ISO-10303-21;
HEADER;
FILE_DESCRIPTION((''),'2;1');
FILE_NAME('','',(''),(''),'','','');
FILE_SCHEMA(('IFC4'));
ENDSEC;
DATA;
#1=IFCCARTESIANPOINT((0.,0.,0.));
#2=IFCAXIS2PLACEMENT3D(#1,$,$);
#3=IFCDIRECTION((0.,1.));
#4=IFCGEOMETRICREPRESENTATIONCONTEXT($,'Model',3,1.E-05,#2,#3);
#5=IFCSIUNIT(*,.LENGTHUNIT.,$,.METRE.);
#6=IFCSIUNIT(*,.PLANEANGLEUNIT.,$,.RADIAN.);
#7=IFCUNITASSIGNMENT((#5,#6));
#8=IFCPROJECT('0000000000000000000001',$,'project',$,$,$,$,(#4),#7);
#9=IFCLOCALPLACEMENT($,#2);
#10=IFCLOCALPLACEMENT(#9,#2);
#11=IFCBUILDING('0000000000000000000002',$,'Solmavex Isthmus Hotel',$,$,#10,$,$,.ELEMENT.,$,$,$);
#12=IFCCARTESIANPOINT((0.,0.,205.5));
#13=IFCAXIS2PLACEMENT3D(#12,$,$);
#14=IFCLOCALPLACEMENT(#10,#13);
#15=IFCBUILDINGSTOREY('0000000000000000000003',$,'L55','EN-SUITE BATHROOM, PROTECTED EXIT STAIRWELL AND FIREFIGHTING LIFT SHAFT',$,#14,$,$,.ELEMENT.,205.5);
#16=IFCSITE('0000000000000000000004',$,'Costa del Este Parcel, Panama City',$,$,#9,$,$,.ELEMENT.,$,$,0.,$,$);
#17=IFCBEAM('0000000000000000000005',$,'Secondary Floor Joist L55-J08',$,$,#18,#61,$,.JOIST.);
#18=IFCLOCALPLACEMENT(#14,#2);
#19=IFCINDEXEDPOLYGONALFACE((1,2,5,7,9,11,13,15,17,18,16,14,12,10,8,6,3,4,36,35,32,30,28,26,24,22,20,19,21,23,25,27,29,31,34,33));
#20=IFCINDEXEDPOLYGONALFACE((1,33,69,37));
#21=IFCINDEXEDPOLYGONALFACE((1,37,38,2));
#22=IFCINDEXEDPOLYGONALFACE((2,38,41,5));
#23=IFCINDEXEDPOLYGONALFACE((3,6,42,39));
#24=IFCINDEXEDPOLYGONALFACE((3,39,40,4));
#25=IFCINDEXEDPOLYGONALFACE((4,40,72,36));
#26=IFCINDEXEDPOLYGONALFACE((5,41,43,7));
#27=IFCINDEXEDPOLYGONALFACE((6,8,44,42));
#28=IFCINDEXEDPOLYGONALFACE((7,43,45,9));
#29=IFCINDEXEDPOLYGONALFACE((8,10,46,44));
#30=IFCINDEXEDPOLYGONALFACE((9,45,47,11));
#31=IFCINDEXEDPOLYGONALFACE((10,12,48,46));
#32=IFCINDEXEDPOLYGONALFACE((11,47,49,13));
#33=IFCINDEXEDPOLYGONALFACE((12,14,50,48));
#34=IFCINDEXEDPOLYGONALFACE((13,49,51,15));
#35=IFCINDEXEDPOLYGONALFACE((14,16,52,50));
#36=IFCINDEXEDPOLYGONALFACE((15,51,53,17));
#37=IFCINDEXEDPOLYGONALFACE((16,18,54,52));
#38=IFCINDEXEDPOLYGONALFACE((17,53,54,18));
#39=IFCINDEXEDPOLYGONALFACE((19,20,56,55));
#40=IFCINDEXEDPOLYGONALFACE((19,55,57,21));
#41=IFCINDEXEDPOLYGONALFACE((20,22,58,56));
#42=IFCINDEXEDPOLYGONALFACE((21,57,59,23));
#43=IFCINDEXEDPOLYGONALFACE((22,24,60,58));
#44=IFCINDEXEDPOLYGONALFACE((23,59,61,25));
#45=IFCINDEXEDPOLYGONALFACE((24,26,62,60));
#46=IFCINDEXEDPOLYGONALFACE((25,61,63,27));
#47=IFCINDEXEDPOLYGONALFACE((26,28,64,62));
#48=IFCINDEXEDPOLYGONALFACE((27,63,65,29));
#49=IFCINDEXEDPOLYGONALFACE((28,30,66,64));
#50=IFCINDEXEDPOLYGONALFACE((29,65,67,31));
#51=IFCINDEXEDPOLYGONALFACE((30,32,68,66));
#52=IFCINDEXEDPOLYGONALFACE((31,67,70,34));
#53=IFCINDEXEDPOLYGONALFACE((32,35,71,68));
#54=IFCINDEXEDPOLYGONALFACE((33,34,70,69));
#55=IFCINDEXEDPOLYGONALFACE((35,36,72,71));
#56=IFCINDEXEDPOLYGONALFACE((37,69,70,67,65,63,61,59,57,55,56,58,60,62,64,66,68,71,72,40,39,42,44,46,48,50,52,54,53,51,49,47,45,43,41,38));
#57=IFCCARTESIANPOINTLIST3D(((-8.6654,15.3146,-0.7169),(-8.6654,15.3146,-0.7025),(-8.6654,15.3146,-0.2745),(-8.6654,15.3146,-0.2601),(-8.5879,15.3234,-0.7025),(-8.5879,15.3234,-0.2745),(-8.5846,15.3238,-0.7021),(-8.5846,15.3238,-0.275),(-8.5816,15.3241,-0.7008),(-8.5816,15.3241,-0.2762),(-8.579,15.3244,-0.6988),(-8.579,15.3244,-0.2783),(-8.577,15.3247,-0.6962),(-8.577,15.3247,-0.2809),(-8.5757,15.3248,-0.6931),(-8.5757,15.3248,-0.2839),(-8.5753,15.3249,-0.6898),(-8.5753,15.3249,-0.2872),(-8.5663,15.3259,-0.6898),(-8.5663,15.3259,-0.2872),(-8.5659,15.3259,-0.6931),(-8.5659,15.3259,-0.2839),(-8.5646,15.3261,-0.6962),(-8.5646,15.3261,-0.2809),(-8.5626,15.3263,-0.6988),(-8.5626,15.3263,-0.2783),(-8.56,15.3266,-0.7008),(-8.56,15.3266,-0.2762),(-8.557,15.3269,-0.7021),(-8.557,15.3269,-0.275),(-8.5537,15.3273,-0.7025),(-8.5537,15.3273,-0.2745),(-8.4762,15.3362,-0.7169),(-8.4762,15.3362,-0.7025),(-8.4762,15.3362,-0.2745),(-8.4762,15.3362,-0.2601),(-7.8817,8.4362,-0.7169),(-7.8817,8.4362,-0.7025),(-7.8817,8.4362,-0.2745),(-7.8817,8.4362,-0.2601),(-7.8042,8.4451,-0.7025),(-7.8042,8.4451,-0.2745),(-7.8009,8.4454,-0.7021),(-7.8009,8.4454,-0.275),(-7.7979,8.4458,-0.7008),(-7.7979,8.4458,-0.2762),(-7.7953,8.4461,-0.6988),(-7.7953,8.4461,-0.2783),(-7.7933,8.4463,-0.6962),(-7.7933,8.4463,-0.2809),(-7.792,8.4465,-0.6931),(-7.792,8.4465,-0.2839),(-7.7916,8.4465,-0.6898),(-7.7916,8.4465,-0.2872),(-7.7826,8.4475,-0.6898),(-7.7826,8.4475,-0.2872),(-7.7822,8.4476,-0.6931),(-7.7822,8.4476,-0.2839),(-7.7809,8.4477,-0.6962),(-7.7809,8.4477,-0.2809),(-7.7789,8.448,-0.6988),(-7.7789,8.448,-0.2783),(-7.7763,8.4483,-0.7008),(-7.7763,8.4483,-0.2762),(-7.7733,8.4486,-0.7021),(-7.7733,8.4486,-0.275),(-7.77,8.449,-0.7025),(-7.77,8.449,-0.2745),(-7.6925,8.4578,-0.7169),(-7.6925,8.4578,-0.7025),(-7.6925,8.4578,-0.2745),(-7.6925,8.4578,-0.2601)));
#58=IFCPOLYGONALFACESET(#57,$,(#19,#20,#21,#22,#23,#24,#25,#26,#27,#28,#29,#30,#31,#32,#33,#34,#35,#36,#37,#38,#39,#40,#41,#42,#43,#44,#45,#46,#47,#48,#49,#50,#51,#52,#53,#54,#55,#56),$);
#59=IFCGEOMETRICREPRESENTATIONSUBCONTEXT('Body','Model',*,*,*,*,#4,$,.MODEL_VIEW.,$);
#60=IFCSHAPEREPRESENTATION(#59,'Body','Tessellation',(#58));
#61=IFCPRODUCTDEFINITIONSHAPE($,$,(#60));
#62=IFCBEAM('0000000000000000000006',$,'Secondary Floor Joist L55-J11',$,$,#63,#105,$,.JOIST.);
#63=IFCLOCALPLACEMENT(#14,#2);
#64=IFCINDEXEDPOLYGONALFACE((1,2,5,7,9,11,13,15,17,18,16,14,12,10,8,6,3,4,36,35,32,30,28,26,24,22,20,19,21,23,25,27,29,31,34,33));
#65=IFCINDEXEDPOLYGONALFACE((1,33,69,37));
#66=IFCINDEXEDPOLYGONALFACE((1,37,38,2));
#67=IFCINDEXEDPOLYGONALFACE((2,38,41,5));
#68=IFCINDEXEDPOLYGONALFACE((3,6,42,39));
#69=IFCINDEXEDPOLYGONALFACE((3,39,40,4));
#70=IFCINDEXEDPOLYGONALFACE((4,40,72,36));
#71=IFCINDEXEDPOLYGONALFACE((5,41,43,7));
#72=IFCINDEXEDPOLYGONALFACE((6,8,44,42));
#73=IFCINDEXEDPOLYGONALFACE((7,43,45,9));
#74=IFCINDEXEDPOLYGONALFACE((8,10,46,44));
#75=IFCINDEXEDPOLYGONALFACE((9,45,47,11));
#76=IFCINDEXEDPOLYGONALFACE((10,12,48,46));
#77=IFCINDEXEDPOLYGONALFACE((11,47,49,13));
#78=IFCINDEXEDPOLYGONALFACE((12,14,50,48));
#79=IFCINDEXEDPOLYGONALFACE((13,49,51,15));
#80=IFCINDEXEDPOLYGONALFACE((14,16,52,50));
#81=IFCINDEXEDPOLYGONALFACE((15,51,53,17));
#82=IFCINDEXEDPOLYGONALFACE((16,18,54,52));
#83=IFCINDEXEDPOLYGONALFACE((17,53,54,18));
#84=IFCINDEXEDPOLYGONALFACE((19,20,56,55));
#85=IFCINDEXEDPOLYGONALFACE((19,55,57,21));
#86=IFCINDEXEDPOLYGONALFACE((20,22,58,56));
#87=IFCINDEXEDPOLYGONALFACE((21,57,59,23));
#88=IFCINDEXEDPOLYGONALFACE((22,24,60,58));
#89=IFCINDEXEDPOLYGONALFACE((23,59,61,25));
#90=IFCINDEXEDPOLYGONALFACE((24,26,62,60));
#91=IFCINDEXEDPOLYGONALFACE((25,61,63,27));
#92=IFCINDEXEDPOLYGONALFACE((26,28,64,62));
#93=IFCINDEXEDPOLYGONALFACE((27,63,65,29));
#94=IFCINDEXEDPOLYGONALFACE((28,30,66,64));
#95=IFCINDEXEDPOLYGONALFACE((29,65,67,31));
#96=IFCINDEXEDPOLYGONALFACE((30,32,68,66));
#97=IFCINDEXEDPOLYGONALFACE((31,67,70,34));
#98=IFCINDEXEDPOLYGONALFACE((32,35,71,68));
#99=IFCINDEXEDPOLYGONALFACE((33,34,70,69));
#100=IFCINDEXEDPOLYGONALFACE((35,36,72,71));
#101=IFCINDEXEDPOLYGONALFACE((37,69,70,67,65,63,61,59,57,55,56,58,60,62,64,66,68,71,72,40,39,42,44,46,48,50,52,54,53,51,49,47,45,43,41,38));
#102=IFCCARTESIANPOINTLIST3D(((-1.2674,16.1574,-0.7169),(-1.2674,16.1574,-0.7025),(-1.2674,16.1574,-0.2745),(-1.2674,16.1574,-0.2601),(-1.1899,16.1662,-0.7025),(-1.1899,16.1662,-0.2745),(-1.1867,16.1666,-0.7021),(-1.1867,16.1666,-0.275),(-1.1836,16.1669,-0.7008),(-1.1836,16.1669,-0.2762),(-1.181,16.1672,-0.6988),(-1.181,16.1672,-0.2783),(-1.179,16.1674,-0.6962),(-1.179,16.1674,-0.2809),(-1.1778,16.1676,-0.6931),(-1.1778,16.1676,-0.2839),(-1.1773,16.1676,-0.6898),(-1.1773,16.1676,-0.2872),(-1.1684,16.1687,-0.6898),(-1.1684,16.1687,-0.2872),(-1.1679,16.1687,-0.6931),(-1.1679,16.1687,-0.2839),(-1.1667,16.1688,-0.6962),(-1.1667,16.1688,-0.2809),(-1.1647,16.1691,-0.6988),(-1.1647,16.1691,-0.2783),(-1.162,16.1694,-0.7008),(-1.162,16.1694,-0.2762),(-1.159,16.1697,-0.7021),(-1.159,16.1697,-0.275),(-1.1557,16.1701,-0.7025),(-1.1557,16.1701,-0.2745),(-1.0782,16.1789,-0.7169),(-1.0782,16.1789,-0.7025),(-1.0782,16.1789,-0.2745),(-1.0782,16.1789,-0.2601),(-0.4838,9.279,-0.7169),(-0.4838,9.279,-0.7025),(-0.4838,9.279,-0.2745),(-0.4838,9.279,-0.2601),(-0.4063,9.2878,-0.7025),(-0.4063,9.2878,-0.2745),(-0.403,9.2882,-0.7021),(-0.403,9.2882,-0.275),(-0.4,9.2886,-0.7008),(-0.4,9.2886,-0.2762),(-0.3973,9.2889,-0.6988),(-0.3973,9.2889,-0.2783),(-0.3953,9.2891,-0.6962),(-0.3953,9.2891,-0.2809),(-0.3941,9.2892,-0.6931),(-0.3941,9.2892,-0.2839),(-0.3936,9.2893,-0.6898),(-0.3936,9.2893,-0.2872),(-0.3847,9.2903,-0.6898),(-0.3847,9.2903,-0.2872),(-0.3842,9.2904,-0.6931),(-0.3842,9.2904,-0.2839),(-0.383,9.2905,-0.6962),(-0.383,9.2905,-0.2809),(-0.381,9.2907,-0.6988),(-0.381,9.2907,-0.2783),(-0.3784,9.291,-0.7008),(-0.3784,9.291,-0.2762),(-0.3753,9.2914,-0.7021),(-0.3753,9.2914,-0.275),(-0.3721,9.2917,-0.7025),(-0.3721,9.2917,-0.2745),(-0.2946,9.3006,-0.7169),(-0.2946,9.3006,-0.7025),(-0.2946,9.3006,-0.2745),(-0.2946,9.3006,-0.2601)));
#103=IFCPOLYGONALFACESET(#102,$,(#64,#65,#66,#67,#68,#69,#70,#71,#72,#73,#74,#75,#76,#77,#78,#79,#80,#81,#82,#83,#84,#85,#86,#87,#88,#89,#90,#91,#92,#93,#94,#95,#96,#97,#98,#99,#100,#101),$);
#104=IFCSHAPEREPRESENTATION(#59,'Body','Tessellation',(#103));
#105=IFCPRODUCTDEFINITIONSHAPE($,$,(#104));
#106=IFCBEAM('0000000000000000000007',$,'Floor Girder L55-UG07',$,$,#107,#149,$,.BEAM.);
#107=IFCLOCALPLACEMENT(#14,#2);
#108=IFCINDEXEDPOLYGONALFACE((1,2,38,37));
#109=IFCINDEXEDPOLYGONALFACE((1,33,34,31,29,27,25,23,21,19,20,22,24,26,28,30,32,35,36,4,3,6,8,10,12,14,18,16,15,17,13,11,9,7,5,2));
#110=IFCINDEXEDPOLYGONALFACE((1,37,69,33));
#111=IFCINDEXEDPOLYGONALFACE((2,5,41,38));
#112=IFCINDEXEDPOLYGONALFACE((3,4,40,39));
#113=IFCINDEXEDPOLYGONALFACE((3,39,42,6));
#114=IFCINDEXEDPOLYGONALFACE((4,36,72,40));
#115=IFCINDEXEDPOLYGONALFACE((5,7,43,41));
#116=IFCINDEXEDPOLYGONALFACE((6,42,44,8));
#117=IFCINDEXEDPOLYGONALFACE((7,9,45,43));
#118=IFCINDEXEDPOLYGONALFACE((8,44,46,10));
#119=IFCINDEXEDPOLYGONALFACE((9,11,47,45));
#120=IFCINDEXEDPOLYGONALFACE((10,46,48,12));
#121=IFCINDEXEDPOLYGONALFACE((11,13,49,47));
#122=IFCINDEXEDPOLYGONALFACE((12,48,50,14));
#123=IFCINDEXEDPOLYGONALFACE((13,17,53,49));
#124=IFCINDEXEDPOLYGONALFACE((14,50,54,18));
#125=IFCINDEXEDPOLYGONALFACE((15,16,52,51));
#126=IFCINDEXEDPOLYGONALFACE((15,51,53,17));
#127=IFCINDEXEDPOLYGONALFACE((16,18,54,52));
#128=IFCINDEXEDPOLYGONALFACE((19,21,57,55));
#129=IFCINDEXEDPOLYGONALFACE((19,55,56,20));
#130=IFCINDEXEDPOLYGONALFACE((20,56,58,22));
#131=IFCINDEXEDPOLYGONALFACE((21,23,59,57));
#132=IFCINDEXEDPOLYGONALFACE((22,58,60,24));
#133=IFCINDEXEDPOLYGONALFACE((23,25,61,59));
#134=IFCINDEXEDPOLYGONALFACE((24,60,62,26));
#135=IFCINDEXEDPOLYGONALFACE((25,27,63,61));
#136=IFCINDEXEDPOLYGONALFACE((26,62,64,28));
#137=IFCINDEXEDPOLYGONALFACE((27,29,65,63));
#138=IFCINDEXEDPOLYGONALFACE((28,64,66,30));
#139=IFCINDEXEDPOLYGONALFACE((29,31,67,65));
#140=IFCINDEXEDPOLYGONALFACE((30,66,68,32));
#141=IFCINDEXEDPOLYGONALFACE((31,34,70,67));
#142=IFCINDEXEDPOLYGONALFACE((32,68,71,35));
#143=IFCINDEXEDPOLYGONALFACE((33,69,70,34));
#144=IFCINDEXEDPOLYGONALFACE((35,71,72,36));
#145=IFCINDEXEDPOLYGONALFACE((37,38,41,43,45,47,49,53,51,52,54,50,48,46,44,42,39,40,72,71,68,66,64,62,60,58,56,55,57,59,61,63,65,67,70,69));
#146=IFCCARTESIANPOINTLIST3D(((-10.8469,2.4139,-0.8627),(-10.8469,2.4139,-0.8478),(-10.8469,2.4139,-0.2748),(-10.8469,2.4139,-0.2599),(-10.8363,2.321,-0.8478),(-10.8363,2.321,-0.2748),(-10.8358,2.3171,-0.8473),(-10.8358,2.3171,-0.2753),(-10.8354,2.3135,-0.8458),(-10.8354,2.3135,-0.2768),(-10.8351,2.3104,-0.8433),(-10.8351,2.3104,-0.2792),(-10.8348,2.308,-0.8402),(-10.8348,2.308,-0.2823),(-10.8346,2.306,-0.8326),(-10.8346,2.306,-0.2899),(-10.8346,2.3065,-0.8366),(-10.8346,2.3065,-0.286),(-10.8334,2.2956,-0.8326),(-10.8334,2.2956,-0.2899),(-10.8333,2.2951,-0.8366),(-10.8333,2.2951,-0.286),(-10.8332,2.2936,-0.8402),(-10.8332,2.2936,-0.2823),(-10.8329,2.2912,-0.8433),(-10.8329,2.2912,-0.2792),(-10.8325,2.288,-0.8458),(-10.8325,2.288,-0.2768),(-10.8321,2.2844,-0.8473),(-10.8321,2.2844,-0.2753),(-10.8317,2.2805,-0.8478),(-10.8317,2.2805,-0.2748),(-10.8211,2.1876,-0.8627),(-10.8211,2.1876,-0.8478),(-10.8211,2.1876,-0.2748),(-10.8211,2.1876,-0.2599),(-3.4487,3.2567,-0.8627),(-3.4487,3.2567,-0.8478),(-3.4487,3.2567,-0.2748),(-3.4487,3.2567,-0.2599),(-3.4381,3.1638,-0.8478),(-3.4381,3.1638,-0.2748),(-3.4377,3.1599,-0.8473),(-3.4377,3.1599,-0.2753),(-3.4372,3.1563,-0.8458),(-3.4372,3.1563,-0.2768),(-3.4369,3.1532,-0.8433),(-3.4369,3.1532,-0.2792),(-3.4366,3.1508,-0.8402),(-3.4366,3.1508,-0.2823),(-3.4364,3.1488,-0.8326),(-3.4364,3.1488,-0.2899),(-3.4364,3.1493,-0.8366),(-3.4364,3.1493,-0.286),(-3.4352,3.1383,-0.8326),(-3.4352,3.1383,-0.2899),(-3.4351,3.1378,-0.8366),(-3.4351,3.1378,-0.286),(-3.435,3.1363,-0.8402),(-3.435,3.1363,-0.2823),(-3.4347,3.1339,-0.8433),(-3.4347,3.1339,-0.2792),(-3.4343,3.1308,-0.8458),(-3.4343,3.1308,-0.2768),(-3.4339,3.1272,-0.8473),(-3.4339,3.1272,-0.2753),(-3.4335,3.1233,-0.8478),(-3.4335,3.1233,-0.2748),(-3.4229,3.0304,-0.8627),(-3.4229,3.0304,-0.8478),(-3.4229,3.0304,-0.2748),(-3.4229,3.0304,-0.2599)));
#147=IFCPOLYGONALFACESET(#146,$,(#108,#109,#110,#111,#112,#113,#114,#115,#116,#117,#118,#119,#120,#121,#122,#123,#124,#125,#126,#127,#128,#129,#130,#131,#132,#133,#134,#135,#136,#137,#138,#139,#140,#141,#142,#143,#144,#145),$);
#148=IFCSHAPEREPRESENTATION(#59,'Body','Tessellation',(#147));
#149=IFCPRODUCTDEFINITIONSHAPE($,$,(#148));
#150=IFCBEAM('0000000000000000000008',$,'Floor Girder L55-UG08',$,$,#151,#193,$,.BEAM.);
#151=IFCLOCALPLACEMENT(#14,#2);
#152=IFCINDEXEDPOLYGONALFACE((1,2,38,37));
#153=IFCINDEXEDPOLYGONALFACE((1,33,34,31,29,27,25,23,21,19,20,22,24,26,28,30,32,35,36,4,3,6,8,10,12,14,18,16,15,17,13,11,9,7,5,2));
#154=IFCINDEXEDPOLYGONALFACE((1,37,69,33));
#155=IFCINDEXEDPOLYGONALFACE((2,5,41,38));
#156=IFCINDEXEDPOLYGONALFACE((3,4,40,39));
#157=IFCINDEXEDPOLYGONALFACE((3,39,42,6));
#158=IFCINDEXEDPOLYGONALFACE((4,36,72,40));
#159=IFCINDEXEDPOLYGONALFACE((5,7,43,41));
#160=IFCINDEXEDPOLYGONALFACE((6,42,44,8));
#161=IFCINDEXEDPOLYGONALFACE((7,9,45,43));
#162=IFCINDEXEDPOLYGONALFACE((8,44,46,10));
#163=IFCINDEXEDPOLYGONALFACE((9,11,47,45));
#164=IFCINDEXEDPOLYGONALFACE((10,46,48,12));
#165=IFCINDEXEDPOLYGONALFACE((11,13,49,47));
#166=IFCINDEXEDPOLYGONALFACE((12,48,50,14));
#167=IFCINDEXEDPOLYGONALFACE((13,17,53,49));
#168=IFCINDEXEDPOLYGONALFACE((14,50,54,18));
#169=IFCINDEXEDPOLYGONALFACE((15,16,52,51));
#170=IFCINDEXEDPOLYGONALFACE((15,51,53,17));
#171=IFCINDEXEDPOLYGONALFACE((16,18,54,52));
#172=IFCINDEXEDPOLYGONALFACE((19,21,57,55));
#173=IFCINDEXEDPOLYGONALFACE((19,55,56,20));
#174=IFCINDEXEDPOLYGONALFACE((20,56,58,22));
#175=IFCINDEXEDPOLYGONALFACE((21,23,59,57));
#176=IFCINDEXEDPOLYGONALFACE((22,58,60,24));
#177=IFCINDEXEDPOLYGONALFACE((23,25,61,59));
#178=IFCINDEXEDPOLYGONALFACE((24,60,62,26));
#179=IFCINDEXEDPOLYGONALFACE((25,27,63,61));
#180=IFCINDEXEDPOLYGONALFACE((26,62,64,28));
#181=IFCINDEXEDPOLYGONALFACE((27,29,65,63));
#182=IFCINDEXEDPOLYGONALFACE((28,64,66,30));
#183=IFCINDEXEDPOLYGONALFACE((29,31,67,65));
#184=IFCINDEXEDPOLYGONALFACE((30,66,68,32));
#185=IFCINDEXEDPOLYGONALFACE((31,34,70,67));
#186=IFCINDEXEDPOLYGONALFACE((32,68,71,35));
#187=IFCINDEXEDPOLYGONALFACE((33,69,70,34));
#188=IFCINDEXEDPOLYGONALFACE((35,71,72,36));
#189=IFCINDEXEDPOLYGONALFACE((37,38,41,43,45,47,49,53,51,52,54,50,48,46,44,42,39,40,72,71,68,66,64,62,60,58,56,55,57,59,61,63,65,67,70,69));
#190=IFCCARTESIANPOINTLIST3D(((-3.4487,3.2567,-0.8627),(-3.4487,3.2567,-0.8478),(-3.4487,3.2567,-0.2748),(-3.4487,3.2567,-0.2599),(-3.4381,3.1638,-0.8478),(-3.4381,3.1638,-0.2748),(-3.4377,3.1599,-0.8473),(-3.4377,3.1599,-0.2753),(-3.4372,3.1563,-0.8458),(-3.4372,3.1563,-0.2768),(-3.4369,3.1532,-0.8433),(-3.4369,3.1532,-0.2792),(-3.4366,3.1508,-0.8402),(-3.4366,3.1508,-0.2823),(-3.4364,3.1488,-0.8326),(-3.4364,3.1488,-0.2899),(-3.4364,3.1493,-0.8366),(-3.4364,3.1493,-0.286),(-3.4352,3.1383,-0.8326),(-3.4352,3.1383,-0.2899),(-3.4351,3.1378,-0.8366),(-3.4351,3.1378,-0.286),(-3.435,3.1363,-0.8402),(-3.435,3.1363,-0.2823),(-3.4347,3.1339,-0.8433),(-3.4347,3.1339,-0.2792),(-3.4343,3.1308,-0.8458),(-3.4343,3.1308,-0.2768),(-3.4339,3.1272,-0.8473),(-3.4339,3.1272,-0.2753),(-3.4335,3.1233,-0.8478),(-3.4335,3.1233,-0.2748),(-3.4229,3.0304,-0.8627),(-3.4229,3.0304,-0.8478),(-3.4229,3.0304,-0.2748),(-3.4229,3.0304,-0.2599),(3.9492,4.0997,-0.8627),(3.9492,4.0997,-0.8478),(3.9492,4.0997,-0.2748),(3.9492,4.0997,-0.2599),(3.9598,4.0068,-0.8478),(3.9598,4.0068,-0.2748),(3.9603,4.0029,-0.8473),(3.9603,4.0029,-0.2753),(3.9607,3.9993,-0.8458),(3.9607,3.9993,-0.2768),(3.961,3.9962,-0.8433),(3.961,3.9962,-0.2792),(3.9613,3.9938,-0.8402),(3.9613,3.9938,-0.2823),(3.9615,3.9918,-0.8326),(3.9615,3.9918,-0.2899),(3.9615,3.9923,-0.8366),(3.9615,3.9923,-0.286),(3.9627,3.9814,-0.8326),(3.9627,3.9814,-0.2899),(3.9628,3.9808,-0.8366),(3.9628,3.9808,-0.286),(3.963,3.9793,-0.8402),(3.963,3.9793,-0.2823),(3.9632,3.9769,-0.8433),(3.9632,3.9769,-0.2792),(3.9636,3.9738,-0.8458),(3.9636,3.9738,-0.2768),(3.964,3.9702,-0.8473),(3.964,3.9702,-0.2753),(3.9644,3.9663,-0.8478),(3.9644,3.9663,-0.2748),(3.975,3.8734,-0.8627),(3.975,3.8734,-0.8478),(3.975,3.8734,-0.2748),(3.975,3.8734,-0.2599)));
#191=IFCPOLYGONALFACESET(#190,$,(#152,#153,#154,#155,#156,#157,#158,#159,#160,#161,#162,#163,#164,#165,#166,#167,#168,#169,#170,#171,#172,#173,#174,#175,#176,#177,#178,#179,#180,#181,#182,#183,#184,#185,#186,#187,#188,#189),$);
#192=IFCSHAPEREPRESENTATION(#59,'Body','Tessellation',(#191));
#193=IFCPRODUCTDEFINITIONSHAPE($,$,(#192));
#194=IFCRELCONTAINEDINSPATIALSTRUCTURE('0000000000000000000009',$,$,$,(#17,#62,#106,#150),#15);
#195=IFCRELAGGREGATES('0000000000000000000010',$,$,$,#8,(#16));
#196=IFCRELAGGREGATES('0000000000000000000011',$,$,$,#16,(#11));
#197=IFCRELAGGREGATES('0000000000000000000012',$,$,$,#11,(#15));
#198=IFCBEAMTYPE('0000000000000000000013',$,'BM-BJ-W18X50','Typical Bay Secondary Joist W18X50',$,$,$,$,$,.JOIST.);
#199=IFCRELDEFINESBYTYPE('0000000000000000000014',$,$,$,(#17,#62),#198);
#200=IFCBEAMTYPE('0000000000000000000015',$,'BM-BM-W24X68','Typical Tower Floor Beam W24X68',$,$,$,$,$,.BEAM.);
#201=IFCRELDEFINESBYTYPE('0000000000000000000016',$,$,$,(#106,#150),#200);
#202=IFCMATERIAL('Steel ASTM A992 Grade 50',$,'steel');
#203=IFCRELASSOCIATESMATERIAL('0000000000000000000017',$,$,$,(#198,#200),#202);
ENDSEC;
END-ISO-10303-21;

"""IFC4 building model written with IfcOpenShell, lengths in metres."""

from ifc_helpers import new_model, si_unit, direction, frame, origin, origin_2d, place, context, subcontext, project, spatial, i_section, extrude, material, material_profile, profile_set, type_object, element, save


model = new_model("IFC4")

# Units and contexts
model_context = context("Model", 3, precision=1e-05, world=origin(), true_north=direction((0.0, 1.0)))
body_context = subcontext(model_context, "Body", "Model", "MODEL_VIEW")
ifc_project = project(units=[si_unit("LENGTHUNIT", "METRE"), si_unit("PLANEANGLEUNIT", "RADIAN")], contexts=[model_context])

# Site, building, storey
site_placement = place(None, origin())
site = spatial("IfcSite", under=ifc_project, at=site_placement, Name="Costa del Este Parcel, Panama City", CompositionType="ELEMENT", RefElevation=0.0)
building_placement = place(site_placement, origin())
building = spatial("IfcBuilding", under=site, at=building_placement, Name="Solmavex Isthmus Hotel", CompositionType="ELEMENT")
storey_placement = place(building_placement, frame((0.0, 0.0, 205.5)))
storey = spatial("IfcBuildingStorey", under=building, at=storey_placement, Name="L55", Description="EN-SUITE BATHROOM, PROTECTED EXIT STAIRWELL AND FIREFIGHTING LIFT SHAFT", CompositionType="ELEMENT", Elevation=205.5)

# Beams
ifc_material_1 = material(Name="Steel ASTM A992 Grade 50", Category="steel")
ifc_material_profile_1 = material_profile(ifc_material_1, i_section(OverallWidth=0.1904, OverallDepth=0.4568, WebThickness=0.009, FlangeThickness=0.0144, FilletRadius=0.0127, at=origin_2d()), Name="W18X50")
ifc_profile_set_1 = profile_set([ifc_material_profile_1], Name="Steel ASTM A992 Grade 50")
beam_type_1 = type_object("IfcBeamType", Name="BM-BJ-W18X50", Description="Typical Bay Secondary Joist W18X50", PredefinedType="JOIST", material=ifc_profile_set_1)
for number, where, z_axis, x_axis, name in (
    (1, (-7.7871, 8.447, -0.4885), (-0.113202, 0.993572, 0.0), (-0.993572, -0.113202, 0.0), "Secondary Floor Joist L55-J08"),
    (2, (-0.3892, 9.2898, -0.4885), (-0.113202, 0.993572, 0.0), (-0.993572, -0.113202, 0.0), "Secondary Floor Joist L55-J11"),
):
    element("IfcBeam", number, at=place(storey_placement, frame(where, z_axis=z_axis, x_axis=x_axis)), inside=storey, type_object=beam_type_1, Name=name, PredefinedType="JOIST", context=body_context, shape_type="SweptSolid", body=[
        extrude(i_section(OverallWidth=0.1904, OverallDepth=0.4568, WebThickness=0.009, FlangeThickness=0.0144, FilletRadius=0.0127, at=origin_2d()), origin(), (0.0, 0.0, 1.0), 6.9229),
    ])
ifc_material_profile_2 = material_profile(ifc_material_1, i_section(OverallWidth=0.2278, OverallDepth=0.6028, WebThickness=0.0105, FlangeThickness=0.0149, FilletRadius=0.0151, at=origin_2d()), Name="W24X68")
ifc_profile_set_2 = profile_set([ifc_material_profile_2], Name="Steel ASTM A992 Grade 50")
beam_type_2 = type_object("IfcBeamType", Name="BM-BM-W24X68", Description="Typical Tower Floor Beam W24X68", PredefinedType="BEAM", material=ifc_profile_set_2)
beam_1_placement = place(storey_placement, frame((-10.834, 2.3008, -0.5613), z_axis=(0.993574, 0.113184, 0.0), x_axis=(-0.113184, 0.993574, 0.0)))
element("IfcBeam", 3, at=beam_1_placement, inside=storey, type_object=beam_type_2, Name="Floor Girder L55-UG07", PredefinedType="BEAM", context=body_context, shape_type="SweptSolid", body=[
    extrude(i_section(OverallWidth=0.2278, OverallDepth=0.6028, WebThickness=0.0105, FlangeThickness=0.0149, FilletRadius=0.0151, at=origin_2d()), origin(), (0.0, 0.0, 1.0), 7.446),
])
beam_2_placement = place(storey_placement, frame((-3.4358, 3.1436, -0.5613), z_axis=(0.99357, 0.11322, 0.0), x_axis=(-0.11322, 0.99357, 0.0)))
element("IfcBeam", 4, at=beam_2_placement, inside=storey, type_object=beam_type_2, Name="Floor Girder L55-UG08", PredefinedType="BEAM", context=body_context, shape_type="SweptSolid", body=[
    extrude(i_section(OverallWidth=0.2278, OverallDepth=0.6028, WebThickness=0.0105, FlangeThickness=0.0149, FilletRadius=0.0151, at=origin_2d()), origin(), (0.0, 0.0, 1.0), 7.4458),
])

save(model, "model.ifc")
